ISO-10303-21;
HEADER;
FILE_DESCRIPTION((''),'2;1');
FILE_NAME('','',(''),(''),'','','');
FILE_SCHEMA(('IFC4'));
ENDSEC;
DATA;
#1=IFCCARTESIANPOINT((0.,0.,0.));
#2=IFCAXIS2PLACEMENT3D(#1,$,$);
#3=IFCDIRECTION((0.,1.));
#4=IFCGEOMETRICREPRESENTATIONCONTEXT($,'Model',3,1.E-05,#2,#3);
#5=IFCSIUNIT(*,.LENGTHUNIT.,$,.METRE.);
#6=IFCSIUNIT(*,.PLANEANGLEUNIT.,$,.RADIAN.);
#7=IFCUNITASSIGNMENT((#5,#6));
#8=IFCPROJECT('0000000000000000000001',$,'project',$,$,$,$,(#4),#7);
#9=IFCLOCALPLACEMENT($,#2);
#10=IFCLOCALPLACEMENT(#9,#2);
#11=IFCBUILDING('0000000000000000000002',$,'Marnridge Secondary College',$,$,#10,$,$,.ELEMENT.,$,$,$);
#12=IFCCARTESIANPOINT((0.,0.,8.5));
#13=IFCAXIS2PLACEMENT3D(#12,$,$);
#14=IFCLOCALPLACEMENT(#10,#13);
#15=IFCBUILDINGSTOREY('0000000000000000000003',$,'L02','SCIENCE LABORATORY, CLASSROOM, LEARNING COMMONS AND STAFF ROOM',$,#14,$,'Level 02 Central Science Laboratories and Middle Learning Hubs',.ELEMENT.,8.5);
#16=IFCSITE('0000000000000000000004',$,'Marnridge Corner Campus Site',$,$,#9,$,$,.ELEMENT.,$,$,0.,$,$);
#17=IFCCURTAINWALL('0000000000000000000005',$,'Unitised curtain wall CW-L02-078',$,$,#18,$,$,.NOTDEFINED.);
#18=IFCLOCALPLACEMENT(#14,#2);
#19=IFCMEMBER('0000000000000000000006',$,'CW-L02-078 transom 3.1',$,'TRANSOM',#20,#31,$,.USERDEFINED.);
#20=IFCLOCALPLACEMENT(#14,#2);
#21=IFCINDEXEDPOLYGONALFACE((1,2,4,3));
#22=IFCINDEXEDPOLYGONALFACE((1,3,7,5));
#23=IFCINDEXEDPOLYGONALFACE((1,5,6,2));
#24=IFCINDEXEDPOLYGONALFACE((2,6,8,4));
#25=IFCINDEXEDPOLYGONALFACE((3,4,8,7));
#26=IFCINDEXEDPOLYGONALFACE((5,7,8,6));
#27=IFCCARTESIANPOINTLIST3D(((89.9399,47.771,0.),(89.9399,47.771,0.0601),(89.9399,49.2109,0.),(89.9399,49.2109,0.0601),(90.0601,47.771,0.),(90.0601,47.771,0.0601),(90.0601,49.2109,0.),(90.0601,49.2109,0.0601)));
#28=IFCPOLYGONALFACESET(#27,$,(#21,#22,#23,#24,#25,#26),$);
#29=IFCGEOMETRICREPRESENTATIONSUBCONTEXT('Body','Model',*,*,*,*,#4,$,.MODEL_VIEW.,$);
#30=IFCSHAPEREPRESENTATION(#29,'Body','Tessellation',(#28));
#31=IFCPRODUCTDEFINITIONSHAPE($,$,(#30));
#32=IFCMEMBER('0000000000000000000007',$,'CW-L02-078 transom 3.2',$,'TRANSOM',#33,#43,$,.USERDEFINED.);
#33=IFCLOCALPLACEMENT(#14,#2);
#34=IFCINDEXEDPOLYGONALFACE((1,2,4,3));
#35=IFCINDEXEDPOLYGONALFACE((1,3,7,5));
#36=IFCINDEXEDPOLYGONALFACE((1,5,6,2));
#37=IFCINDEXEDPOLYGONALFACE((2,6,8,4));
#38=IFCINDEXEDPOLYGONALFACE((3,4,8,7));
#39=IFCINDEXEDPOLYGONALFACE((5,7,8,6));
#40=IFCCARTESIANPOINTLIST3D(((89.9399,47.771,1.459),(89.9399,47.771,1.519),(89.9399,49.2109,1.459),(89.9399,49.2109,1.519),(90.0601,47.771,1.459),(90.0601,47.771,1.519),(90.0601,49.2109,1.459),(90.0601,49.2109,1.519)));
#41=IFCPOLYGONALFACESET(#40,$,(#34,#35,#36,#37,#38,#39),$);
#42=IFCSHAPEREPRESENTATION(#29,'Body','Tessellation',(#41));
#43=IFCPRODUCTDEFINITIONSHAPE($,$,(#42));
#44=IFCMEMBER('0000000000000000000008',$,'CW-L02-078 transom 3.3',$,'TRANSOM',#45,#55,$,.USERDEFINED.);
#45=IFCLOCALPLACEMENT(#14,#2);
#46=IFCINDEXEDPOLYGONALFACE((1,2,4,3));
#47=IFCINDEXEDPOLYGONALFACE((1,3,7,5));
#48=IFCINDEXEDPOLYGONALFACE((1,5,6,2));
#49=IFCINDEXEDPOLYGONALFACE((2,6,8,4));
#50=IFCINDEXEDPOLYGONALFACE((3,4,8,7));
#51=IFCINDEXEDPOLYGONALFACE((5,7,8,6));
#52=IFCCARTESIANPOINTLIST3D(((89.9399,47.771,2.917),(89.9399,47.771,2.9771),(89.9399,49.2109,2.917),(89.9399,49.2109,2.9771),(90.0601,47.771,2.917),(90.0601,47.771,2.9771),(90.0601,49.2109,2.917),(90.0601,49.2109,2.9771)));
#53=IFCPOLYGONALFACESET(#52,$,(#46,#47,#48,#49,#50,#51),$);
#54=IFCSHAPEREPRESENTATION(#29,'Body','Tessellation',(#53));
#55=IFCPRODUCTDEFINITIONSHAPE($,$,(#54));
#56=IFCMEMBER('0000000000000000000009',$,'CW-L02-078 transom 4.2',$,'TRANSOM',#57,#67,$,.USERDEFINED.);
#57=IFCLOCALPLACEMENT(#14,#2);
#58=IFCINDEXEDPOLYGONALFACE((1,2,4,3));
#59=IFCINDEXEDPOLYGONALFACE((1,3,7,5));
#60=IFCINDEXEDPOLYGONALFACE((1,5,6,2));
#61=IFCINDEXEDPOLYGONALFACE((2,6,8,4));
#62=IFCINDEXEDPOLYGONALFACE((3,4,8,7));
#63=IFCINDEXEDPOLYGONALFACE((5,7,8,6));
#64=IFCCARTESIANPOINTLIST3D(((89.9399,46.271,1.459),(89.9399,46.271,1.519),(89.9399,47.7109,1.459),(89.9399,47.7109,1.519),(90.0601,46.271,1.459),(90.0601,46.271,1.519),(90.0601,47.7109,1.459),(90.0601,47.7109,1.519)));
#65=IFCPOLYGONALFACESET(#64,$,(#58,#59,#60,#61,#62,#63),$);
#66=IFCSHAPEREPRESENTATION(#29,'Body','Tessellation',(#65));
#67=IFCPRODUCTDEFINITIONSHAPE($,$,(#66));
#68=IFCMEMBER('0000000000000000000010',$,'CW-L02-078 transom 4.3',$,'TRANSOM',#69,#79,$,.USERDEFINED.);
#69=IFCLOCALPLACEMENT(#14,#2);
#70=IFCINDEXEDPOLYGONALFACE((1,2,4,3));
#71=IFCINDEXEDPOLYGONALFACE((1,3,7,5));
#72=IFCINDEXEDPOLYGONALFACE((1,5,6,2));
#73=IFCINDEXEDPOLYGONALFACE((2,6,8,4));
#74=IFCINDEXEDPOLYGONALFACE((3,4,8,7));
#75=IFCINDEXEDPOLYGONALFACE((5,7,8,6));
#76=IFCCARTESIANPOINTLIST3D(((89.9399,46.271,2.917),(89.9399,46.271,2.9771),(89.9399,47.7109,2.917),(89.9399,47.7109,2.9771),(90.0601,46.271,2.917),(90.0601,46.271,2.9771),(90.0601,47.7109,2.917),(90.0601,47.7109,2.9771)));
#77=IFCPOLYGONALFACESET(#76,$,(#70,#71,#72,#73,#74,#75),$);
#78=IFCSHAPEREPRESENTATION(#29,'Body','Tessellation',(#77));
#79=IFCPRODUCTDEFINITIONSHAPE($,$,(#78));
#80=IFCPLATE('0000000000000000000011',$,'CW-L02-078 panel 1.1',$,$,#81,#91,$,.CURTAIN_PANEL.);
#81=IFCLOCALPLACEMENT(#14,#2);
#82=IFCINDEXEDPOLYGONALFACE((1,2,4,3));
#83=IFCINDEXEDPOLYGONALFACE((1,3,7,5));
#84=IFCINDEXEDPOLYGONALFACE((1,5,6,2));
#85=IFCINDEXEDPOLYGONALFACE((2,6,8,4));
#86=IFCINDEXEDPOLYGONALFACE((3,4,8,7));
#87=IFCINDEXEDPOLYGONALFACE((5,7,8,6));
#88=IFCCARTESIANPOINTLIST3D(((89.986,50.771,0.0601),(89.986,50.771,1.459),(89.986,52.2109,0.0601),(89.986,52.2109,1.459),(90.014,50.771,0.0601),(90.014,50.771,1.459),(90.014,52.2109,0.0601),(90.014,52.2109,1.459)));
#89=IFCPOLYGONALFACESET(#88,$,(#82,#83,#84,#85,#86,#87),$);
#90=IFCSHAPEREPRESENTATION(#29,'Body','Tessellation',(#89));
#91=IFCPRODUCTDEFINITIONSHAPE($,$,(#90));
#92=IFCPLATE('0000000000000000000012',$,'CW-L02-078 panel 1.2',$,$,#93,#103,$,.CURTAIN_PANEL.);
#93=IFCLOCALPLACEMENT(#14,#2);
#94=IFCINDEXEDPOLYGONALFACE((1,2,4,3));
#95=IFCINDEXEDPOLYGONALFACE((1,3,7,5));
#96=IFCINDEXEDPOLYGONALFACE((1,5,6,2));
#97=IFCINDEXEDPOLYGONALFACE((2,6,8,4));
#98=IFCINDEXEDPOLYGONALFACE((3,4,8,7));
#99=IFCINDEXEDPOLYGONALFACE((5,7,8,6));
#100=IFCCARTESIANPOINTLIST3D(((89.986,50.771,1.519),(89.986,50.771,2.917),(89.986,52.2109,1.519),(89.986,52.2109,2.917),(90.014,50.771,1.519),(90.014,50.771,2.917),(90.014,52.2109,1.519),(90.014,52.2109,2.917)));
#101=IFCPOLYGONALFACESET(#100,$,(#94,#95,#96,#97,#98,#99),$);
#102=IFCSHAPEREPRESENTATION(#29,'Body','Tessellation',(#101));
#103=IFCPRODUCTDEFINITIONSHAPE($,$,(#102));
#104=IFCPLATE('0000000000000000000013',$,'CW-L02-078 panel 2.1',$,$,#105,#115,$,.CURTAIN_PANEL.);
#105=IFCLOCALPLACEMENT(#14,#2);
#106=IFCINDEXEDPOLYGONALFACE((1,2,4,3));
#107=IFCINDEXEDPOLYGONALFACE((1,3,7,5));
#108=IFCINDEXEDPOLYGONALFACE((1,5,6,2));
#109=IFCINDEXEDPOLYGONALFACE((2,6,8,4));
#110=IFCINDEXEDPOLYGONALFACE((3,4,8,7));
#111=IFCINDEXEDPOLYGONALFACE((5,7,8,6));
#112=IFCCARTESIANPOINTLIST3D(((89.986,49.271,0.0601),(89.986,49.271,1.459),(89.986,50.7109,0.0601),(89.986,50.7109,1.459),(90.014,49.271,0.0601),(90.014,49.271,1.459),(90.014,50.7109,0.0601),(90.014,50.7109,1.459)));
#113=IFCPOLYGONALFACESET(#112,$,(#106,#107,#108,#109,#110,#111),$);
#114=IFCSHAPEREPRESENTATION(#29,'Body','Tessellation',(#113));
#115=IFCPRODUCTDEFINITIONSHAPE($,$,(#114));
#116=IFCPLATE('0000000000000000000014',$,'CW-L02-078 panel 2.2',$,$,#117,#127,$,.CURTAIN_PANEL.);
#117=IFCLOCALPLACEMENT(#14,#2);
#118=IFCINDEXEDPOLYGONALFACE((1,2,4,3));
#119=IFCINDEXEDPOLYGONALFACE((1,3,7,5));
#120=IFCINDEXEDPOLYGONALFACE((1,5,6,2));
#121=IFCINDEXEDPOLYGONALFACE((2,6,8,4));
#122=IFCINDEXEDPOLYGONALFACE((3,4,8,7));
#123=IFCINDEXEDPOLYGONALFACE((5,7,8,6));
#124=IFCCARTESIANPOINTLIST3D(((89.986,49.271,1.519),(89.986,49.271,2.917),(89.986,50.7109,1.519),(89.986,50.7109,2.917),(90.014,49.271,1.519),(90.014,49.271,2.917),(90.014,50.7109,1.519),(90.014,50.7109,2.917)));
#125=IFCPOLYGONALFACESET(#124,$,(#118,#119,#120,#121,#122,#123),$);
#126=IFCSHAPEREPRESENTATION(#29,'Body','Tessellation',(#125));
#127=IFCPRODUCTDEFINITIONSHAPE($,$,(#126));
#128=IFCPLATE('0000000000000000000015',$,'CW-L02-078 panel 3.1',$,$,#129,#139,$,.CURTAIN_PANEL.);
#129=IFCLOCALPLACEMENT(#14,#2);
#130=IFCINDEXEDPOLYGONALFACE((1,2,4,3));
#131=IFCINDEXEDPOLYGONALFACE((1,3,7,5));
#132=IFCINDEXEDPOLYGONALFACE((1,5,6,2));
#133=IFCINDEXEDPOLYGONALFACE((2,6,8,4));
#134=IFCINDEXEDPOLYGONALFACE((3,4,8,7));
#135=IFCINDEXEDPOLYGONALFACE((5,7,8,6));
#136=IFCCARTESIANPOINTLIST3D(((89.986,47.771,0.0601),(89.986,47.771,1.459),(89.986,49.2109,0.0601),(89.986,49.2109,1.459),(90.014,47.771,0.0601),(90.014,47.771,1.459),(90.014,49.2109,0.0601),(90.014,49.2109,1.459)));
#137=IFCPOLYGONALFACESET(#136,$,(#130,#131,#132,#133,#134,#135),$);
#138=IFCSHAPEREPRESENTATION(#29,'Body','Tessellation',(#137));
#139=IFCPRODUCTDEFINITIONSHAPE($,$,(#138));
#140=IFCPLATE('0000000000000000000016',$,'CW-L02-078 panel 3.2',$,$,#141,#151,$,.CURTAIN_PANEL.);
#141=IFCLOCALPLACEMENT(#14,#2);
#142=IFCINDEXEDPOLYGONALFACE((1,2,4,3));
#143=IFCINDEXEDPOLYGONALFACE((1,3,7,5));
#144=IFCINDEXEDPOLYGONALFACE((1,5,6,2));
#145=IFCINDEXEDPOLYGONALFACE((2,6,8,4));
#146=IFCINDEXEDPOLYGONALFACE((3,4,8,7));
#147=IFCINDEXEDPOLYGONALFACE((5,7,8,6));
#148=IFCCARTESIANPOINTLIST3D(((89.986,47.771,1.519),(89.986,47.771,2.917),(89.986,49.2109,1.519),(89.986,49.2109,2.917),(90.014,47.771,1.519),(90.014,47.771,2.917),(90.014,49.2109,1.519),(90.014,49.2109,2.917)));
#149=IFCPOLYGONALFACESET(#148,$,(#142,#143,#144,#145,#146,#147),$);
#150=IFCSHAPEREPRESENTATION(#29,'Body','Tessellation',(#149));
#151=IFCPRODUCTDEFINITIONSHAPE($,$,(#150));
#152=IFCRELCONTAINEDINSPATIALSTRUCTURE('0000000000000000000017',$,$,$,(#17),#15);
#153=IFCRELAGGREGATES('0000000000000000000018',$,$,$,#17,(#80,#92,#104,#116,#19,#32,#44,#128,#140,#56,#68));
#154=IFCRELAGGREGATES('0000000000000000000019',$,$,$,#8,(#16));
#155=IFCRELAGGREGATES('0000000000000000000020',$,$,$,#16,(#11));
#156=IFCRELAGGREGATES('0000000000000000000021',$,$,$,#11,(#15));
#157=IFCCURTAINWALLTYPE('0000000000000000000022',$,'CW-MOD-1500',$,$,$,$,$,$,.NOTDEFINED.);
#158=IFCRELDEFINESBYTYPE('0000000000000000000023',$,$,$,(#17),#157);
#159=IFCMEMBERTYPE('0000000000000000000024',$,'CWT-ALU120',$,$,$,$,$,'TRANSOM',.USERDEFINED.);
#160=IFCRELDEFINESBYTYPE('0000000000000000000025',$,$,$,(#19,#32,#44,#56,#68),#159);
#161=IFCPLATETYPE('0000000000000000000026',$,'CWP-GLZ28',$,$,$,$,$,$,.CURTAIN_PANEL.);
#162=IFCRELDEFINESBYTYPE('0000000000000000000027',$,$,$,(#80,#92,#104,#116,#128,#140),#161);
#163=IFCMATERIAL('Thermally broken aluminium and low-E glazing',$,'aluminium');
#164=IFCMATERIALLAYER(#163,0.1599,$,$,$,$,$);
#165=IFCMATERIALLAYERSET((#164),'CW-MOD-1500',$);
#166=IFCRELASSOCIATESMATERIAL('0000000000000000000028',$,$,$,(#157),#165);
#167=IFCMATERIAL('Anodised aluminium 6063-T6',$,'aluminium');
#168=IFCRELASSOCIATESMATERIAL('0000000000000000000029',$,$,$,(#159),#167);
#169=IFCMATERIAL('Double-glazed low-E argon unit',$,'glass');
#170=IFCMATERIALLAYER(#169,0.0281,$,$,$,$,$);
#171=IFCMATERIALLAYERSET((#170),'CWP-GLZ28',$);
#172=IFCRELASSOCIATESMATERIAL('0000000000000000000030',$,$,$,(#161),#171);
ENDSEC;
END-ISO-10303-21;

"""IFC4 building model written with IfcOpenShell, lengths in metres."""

from ifc_helpers import new_model, si_unit, direction, frame, origin, origin_2d, place, context, subcontext, project, spatial, rectangle, extrude, material, layer, layer_set, material_profile, profile_set, type_object, element, aggregate, save


model = new_model("IFC4")

# Units and contexts
model_context = context("Model", 3, precision=1e-05, world=origin(), true_north=direction((0.0, 1.0)))
body_context = subcontext(model_context, "Body", "Model", "MODEL_VIEW")
ifc_project = project(units=[si_unit("LENGTHUNIT", "METRE"), si_unit("PLANEANGLEUNIT", "RADIAN")], contexts=[model_context])

# Site, building, storey
site_placement = place(None, origin())
site = spatial("IfcSite", under=ifc_project, at=site_placement, Name="Marnridge Corner Campus Site", CompositionType="ELEMENT", RefElevation=0.0)
building_placement = place(site_placement, origin())
building = spatial("IfcBuilding", under=site, at=building_placement, Name="Marnridge Secondary College", CompositionType="ELEMENT")
storey_placement = place(building_placement, frame((0.0, 0.0, 8.5)))
storey = spatial("IfcBuildingStorey", under=building, at=storey_placement, Name="L02", Description="SCIENCE LABORATORY, CLASSROOM, LEARNING COMMONS AND STAFF ROOM", LongName="Level 02 Central Science Laboratories and Middle Learning Hubs", CompositionType="ELEMENT", Elevation=8.5)

# Curtain wall, members, plates
ifc_material_1 = material(Name="Thermally broken aluminium and low-E glazing", Category="aluminium")
ifc_layer_1 = layer(ifc_material_1, 0.1599)
ifc_layer_set_1 = layer_set([ifc_layer_1], Name="CW-MOD-1500")
curtain_wall_type = type_object("IfcCurtainWallType", Name="CW-MOD-1500", PredefinedType="NOTDEFINED", material=ifc_layer_set_1)
curtain_wall_placement = place(storey_placement, origin())
curtain_wall = element("IfcCurtainWall", 1, at=curtain_wall_placement, inside=storey, type_object=curtain_wall_type, Name="Unitised curtain wall CW-L02-078", PredefinedType="NOTDEFINED")
ifc_material_2 = material(Name="Anodised aluminium 6063-T6", Category="aluminium")
ifc_material_profile_1 = material_profile(ifc_material_2, rectangle(XDim=0.0601, YDim=0.1201, at=origin_2d()), Name="ALU 60x120")
ifc_profile_set_1 = profile_set([ifc_material_profile_1], Name="Anodised aluminium 6063-T6")
member_type_1 = type_object("IfcMemberType", Name="CWT-ALU120", ElementType="TRANSOM", PredefinedType="USERDEFINED", material=ifc_profile_set_1)
member_1_placement = place(storey_placement, frame((90.0, 49.2109, 0.03), z_axis=(0.0, -1.0, 0.0), x_axis=(0.0, 0.0, 1.0)))
member_1 = element("IfcMember", 2, at=member_1_placement, type_object=member_type_1, Name="CW-L02-078 transom 3.1", ObjectType="TRANSOM", PredefinedType="USERDEFINED", context=body_context, shape_type="SweptSolid", body=[
    extrude(rectangle(XDim=0.0601, YDim=0.1201, at=origin_2d()), origin(), (0.0, 0.0, 1.0), 1.4399),
])
member_2_placement = place(storey_placement, frame((90.0, 49.2109, 1.489), z_axis=(0.0, -1.0, 0.0), x_axis=(0.0, 0.0, 1.0)))
member_2 = element("IfcMember", 3, at=member_2_placement, type_object=member_type_1, Name="CW-L02-078 transom 3.2", ObjectType="TRANSOM", PredefinedType="USERDEFINED", context=body_context, shape_type="SweptSolid", body=[
    extrude(rectangle(XDim=0.0601, YDim=0.1201, at=origin_2d()), origin(), (0.0, 0.0, 1.0), 1.4399),
])
member_3_placement = place(storey_placement, frame((90.0, 49.2109, 2.947), z_axis=(0.0, -1.0, 0.0), x_axis=(0.0, 0.0, 1.0)))
member_3 = element("IfcMember", 4, at=member_3_placement, type_object=member_type_1, Name="CW-L02-078 transom 3.3", ObjectType="TRANSOM", PredefinedType="USERDEFINED", context=body_context, shape_type="SweptSolid", body=[
    extrude(rectangle(XDim=0.0601, YDim=0.1201, at=origin_2d()), origin(), (0.0, 0.0, 1.0), 1.4399),
])
member_4_placement = place(storey_placement, frame((90.0, 47.7109, 1.489), z_axis=(0.0, -1.0, 0.0), x_axis=(0.0, 0.0, 1.0)))
member_4 = element("IfcMember", 5, at=member_4_placement, type_object=member_type_1, Name="CW-L02-078 transom 4.2", ObjectType="TRANSOM", PredefinedType="USERDEFINED", context=body_context, shape_type="SweptSolid", body=[
    extrude(rectangle(XDim=0.0601, YDim=0.1201, at=origin_2d()), origin(), (0.0, 0.0, 1.0), 1.4399),
])
member_5_placement = place(storey_placement, frame((90.0, 47.7109, 2.947), z_axis=(0.0, -1.0, 0.0), x_axis=(0.0, 0.0, 1.0)))
member_5 = element("IfcMember", 6, at=member_5_placement, type_object=member_type_1, Name="CW-L02-078 transom 4.3", ObjectType="TRANSOM", PredefinedType="USERDEFINED", context=body_context, shape_type="SweptSolid", body=[
    extrude(rectangle(XDim=0.0601, YDim=0.1201, at=origin_2d()), origin(), (0.0, 0.0, 1.0), 1.4399),
])
ifc_material_3 = material(Name="Double-glazed low-E argon unit", Category="glass")
ifc_layer_2 = layer(ifc_material_3, 0.0281)
ifc_layer_set_2 = layer_set([ifc_layer_2], Name="CWP-GLZ28")
plate_type = type_object("IfcPlateType", Name="CWP-GLZ28", PredefinedType="CURTAIN_PANEL", material=ifc_layer_set_2)
plate_1_placement = place(storey_placement, frame((90.0, 51.491, 0.0601), z_axis=(0.0, 0.0, 1.0), x_axis=(0.0, -1.0, 0.0)))
plate_1 = element("IfcPlate", 7, at=plate_1_placement, type_object=plate_type, Name="CW-L02-078 panel 1.1", PredefinedType="CURTAIN_PANEL", context=body_context, shape_type="SweptSolid", body=[
    extrude(rectangle(XDim=1.4399, YDim=0.0281, at=origin_2d()), origin(), (0.0, 0.0, 1.0), 1.3989),
])
plate_2_placement = place(storey_placement, frame((90.0, 51.491, 1.519), z_axis=(0.0, 0.0, 1.0), x_axis=(0.0, -1.0, 0.0)))
plate_2 = element("IfcPlate", 8, at=plate_2_placement, type_object=plate_type, Name="CW-L02-078 panel 1.2", PredefinedType="CURTAIN_PANEL", context=body_context, shape_type="SweptSolid", body=[
    extrude(rectangle(XDim=1.4399, YDim=0.0281, at=origin_2d()), origin(), (0.0, 0.0, 1.0), 1.3979),
])
plate_3_placement = place(storey_placement, frame((90.0, 49.991, 0.0601), z_axis=(0.0, 0.0, 1.0), x_axis=(0.0, -1.0, 0.0)))
plate_3 = element("IfcPlate", 9, at=plate_3_placement, type_object=plate_type, Name="CW-L02-078 panel 2.1", PredefinedType="CURTAIN_PANEL", context=body_context, shape_type="SweptSolid", body=[
    extrude(rectangle(XDim=1.4399, YDim=0.0281, at=origin_2d()), origin(), (0.0, 0.0, 1.0), 1.3989),
])
plate_4_placement = place(storey_placement, frame((90.0, 49.991, 1.519), z_axis=(0.0, 0.0, 1.0), x_axis=(0.0, -1.0, 0.0)))
plate_4 = element("IfcPlate", 10, at=plate_4_placement, type_object=plate_type, Name="CW-L02-078 panel 2.2", PredefinedType="CURTAIN_PANEL", context=body_context, shape_type="SweptSolid", body=[
    extrude(rectangle(XDim=1.4399, YDim=0.0281, at=origin_2d()), origin(), (0.0, 0.0, 1.0), 1.3979),
])
plate_5_placement = place(storey_placement, frame((90.0, 48.491, 0.0601), z_axis=(0.0, 0.0, 1.0), x_axis=(0.0, -1.0, 0.0)))
plate_5 = element("IfcPlate", 11, at=plate_5_placement, type_object=plate_type, Name="CW-L02-078 panel 3.1", PredefinedType="CURTAIN_PANEL", context=body_context, shape_type="SweptSolid", body=[
    extrude(rectangle(XDim=1.4399, YDim=0.0281, at=origin_2d()), origin(), (0.0, 0.0, 1.0), 1.3989),
])
plate_6_placement = place(storey_placement, frame((90.0, 48.491, 1.519), z_axis=(0.0, 0.0, 1.0), x_axis=(0.0, -1.0, 0.0)))
plate_6 = element("IfcPlate", 12, at=plate_6_placement, type_object=plate_type, Name="CW-L02-078 panel 3.2", PredefinedType="CURTAIN_PANEL", context=body_context, shape_type="SweptSolid", body=[
    extrude(rectangle(XDim=1.4399, YDim=0.0281, at=origin_2d()), origin(), (0.0, 0.0, 1.0), 1.3979),
])
aggregate(curtain_wall, [plate_1, plate_2, plate_3, plate_4, member_1, member_2, member_3, plate_5, plate_6, member_4, member_5])

save(model, "model.ifc")
